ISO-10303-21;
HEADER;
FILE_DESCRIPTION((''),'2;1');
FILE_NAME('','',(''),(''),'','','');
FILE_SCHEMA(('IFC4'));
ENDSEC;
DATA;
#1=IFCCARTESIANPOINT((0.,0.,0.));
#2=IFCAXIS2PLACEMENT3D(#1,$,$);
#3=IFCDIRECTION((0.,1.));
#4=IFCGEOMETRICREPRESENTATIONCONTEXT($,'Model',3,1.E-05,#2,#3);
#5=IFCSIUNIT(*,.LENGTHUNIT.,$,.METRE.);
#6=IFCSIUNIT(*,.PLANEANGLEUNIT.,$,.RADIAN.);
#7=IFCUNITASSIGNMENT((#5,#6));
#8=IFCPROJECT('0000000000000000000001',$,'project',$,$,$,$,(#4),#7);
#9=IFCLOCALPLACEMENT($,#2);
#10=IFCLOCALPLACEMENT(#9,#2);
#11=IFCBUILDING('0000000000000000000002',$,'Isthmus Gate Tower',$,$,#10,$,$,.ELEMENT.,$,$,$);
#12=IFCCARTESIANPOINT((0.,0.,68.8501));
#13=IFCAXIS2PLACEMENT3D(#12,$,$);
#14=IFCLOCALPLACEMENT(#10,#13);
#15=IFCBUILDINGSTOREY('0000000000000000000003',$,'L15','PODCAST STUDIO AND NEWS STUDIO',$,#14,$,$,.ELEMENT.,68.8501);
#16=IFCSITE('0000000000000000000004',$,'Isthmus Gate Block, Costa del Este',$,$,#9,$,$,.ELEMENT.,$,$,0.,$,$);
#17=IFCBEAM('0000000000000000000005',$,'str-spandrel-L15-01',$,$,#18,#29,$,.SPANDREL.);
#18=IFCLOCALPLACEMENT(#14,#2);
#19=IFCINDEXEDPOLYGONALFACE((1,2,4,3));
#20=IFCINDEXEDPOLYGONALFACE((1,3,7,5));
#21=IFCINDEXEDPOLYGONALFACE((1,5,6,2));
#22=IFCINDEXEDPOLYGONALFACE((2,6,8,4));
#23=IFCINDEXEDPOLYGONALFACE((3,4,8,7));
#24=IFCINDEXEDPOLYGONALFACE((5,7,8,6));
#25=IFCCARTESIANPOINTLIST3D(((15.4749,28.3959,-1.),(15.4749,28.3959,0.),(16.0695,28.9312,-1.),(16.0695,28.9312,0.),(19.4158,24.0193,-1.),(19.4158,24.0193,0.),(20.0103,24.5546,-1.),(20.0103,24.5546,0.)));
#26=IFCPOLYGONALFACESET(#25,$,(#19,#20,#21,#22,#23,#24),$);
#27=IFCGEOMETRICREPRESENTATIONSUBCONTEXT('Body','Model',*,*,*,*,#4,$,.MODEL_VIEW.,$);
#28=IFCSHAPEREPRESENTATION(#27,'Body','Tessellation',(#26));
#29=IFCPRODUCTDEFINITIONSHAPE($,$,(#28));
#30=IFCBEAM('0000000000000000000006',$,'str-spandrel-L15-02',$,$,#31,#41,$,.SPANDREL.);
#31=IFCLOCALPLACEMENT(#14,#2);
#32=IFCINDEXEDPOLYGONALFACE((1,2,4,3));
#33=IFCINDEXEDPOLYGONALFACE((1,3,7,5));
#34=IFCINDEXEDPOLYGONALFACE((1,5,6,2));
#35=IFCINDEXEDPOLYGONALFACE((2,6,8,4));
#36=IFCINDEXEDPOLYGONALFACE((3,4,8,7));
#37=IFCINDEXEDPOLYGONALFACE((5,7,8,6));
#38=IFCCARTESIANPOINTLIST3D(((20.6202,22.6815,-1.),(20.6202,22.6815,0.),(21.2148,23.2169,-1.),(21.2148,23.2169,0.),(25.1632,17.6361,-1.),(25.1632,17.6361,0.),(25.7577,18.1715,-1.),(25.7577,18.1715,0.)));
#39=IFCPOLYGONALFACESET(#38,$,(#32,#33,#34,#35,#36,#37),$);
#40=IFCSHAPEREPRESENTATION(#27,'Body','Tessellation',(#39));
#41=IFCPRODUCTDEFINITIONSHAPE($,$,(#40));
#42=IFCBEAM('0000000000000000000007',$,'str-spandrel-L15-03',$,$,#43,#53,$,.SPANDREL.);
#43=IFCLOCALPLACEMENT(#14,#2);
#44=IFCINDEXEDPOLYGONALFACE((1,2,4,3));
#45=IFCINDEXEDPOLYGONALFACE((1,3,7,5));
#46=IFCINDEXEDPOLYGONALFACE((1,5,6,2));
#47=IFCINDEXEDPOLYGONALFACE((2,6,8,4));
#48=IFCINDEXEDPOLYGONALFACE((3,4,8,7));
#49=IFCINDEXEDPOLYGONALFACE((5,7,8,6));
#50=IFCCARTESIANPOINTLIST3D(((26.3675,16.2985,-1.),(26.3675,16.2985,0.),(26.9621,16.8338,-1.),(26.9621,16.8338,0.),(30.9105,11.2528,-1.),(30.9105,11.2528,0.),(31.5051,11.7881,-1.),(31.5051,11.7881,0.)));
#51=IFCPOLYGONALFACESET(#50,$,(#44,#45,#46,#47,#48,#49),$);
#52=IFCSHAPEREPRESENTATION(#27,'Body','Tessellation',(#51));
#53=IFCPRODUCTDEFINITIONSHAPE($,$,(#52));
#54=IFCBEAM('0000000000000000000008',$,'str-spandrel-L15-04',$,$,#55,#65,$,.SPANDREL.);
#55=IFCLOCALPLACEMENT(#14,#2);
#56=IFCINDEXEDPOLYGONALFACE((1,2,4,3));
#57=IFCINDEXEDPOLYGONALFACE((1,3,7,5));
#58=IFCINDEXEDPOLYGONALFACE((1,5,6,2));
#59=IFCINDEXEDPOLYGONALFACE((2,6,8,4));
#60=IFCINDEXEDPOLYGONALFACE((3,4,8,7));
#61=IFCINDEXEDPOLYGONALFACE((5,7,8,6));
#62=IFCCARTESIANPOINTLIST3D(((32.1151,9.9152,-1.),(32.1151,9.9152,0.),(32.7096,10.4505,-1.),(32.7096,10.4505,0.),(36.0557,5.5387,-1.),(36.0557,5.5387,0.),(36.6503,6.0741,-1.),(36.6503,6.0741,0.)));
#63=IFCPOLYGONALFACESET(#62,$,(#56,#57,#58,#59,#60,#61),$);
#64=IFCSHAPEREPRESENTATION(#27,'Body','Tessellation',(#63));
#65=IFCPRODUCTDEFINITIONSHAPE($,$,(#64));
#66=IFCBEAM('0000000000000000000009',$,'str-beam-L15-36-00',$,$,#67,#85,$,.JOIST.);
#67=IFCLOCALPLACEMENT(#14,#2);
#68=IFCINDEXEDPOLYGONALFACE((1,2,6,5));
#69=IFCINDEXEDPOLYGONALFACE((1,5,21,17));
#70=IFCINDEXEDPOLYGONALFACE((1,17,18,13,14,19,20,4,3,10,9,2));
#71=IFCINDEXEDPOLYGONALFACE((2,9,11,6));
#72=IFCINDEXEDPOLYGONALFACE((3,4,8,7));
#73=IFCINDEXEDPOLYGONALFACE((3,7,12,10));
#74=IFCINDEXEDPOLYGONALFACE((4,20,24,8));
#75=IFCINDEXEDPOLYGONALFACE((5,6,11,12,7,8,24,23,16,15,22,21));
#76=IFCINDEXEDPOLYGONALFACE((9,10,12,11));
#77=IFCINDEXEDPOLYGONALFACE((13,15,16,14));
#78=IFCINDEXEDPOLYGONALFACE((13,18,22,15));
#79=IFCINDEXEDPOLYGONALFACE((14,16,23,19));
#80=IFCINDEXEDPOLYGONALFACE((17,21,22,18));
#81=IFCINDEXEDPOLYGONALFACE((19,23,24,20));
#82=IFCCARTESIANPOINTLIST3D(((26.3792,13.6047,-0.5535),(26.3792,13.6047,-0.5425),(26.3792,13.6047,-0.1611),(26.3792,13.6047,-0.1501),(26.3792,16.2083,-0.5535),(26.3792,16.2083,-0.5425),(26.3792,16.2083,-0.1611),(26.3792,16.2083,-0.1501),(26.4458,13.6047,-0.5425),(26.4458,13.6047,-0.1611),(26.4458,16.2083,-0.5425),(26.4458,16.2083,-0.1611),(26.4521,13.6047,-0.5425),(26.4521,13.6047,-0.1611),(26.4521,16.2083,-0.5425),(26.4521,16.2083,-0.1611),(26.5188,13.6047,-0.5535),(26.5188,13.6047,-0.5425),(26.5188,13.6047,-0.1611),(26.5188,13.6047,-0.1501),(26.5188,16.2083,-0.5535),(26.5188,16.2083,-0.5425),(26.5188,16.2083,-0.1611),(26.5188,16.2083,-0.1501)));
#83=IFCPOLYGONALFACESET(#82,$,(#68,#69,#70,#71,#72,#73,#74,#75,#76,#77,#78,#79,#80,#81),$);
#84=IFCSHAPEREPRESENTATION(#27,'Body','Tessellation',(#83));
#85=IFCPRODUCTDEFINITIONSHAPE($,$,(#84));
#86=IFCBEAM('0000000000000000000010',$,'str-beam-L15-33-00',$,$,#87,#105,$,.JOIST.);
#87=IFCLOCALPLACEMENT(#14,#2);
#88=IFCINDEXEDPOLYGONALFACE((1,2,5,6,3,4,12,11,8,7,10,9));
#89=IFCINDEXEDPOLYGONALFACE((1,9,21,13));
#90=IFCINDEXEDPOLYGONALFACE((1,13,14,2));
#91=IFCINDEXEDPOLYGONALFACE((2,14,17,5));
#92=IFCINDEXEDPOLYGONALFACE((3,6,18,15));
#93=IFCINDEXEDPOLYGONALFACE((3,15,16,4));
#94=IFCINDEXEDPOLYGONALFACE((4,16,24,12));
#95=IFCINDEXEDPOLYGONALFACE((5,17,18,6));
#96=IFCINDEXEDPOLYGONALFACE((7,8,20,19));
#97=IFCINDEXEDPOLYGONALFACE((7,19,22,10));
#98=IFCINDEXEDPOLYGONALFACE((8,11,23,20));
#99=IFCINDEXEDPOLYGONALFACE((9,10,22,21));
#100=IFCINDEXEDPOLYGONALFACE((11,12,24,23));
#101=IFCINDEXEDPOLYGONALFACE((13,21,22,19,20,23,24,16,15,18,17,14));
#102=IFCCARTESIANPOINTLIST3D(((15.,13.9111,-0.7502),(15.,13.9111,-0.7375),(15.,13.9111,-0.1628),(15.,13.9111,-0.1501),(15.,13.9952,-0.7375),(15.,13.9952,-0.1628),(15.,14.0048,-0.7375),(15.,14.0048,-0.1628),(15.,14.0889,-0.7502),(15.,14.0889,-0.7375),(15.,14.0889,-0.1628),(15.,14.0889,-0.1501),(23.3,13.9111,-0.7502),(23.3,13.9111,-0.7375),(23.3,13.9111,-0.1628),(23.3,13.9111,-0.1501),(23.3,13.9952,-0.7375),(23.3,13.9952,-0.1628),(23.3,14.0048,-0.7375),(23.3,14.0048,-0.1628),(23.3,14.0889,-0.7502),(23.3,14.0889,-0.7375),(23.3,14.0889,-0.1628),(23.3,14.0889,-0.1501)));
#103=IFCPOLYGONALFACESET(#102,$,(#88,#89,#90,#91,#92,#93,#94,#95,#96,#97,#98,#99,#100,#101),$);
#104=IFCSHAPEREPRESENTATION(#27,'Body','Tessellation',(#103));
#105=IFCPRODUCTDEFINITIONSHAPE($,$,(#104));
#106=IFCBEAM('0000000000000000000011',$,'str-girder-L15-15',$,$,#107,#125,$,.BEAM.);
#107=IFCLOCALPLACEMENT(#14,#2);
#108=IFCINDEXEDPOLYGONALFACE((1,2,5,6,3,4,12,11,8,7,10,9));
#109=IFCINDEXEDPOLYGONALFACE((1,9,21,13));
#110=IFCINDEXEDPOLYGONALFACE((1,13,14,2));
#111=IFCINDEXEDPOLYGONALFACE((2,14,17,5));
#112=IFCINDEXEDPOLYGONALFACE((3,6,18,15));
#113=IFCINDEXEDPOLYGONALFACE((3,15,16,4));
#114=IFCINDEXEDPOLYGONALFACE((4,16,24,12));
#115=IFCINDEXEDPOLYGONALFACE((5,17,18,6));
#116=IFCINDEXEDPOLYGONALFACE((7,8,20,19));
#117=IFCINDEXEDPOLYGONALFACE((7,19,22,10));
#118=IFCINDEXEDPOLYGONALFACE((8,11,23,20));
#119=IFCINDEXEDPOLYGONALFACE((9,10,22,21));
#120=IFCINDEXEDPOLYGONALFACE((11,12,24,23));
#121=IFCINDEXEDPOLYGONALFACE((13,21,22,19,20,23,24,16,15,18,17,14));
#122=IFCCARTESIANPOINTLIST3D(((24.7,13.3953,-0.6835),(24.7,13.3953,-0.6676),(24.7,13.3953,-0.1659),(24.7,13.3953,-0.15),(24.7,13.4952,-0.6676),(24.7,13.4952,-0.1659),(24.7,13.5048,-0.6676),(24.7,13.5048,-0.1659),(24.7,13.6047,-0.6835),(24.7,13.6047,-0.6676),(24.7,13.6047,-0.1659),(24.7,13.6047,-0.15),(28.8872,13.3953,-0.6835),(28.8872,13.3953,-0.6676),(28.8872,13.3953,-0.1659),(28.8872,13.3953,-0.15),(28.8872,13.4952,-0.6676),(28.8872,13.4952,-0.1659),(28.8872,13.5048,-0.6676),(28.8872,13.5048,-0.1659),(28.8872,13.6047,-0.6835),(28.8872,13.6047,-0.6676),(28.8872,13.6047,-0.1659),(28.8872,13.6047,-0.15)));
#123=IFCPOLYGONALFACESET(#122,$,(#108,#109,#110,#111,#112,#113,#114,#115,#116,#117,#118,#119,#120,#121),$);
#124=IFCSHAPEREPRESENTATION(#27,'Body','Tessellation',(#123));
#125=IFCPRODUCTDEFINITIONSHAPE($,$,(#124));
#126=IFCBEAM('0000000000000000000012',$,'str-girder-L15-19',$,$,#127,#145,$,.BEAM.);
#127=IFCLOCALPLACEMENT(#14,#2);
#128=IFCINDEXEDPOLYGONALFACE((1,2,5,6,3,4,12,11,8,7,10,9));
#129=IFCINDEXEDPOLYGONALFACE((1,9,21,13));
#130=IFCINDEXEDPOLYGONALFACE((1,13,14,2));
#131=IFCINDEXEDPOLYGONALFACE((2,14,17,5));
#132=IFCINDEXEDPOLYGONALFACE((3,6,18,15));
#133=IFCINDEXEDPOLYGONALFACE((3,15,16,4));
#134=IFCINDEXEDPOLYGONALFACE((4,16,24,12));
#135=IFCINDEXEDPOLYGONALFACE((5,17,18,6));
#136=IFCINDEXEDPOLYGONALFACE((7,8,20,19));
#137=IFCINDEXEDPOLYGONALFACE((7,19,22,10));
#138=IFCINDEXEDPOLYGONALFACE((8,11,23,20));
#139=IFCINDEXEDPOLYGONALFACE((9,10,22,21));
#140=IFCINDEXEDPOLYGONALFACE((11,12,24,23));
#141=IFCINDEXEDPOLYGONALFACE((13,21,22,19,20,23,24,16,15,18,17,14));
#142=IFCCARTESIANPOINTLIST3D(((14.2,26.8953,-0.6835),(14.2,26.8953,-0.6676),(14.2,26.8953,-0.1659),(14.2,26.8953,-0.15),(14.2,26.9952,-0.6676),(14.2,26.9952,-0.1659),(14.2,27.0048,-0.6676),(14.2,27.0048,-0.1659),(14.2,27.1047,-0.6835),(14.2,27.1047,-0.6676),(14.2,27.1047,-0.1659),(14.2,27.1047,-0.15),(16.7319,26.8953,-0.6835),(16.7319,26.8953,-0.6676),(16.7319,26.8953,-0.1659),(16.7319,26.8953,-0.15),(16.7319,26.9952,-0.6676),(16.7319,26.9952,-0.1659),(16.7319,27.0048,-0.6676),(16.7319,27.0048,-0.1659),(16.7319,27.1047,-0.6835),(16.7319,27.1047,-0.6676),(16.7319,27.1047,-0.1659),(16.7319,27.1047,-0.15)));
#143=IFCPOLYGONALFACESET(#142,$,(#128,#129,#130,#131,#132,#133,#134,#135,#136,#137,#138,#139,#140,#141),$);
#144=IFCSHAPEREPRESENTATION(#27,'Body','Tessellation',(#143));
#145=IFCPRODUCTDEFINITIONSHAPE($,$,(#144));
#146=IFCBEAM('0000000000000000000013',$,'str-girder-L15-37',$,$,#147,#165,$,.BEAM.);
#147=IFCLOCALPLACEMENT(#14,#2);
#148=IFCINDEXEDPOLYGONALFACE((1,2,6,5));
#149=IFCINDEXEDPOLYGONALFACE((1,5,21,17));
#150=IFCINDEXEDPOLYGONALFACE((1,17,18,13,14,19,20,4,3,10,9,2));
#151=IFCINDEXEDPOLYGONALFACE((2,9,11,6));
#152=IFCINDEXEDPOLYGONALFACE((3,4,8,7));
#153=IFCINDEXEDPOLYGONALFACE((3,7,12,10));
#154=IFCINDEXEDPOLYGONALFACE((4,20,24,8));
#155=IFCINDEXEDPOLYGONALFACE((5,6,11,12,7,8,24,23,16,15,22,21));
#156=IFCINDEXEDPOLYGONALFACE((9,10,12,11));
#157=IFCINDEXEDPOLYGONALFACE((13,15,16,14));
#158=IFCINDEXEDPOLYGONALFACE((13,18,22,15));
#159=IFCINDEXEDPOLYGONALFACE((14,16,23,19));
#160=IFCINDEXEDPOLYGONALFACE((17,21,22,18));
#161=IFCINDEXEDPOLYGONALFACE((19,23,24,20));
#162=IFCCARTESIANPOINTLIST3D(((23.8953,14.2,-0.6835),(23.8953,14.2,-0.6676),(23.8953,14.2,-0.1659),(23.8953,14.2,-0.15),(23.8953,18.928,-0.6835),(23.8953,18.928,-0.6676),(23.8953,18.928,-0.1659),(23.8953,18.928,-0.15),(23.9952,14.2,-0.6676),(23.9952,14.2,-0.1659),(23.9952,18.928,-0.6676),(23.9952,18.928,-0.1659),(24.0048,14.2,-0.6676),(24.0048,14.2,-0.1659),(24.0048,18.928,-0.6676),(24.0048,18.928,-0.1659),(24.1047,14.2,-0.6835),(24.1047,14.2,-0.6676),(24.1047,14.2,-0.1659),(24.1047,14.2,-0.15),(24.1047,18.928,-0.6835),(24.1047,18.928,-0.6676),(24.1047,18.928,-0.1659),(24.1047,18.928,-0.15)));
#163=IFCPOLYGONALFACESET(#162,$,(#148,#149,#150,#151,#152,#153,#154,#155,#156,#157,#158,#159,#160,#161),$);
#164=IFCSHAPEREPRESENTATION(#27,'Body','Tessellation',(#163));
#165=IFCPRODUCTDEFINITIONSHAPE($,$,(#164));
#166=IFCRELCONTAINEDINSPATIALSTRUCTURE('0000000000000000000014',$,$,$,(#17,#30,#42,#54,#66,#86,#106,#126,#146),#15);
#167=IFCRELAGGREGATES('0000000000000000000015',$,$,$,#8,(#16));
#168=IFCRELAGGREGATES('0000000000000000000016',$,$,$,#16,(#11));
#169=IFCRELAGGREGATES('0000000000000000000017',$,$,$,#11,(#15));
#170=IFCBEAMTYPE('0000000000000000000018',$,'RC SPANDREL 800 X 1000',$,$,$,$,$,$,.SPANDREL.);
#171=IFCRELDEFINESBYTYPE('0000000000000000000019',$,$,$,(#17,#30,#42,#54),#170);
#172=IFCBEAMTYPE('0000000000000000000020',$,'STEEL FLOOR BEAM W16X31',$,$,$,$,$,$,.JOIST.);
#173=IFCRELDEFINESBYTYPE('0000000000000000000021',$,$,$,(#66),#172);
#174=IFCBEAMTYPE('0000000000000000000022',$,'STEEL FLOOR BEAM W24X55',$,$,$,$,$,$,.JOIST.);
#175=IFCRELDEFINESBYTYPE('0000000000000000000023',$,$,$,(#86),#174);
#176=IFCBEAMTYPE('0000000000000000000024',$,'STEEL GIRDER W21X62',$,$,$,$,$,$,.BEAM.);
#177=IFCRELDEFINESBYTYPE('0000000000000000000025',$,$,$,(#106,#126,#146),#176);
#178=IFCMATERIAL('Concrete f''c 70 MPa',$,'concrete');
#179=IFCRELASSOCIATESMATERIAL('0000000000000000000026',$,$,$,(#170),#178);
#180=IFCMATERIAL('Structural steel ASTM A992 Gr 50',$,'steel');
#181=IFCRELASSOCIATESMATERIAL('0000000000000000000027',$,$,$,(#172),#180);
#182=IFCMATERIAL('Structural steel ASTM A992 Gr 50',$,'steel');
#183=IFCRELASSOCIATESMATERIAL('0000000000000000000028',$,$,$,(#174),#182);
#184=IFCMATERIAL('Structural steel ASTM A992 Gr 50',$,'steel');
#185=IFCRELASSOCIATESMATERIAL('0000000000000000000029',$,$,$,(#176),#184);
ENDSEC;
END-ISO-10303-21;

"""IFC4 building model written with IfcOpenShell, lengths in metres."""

from ifc_helpers import new_model, si_unit, direction, frame, origin, origin_2d, place, context, subcontext, project, spatial, rectangle, i_section, extrude, material, material_profile, profile_set, type_object, element, save


model = new_model("IFC4")

# Units and contexts
model_context = context("Model", 3, precision=1e-05, world=origin(), true_north=direction((0.0, 1.0)))
body_context = subcontext(model_context, "Body", "Model", "MODEL_VIEW")
ifc_project = project(units=[si_unit("LENGTHUNIT", "METRE"), si_unit("PLANEANGLEUNIT", "RADIAN")], contexts=[model_context])

# Site, building, storey
site_placement = place(None, origin())
site = spatial("IfcSite", under=ifc_project, at=site_placement, Name="Isthmus Gate Block, Costa del Este", CompositionType="ELEMENT", RefElevation=0.0)
building_placement = place(site_placement, origin())
building = spatial("IfcBuilding", under=site, at=building_placement, Name="Isthmus Gate Tower", CompositionType="ELEMENT")
storey_placement = place(building_placement, frame((0.0, 0.0, 68.8501)))
storey = spatial("IfcBuildingStorey", under=building, at=storey_placement, Name="L15", Description="PODCAST STUDIO AND NEWS STUDIO", CompositionType="ELEMENT", Elevation=68.8501)

# Beams
ifc_material_1 = material(Name="Concrete f'c 70 MPa", Category="concrete")
ifc_material_profile_1 = material_profile(ifc_material_1, rectangle(XDim=0.8, YDim=1.0, at=origin_2d()), Name="RC 800X1000")
ifc_profile_set_1 = profile_set([ifc_material_profile_1], Name="Concrete f'c 70 MPa")
beam_type_1 = type_object("IfcBeamType", Name="RC SPANDREL 800 X 1000", PredefinedType="SPANDREL", material=ifc_profile_set_1)
beam_1_placement = place(storey_placement, frame((15.7722, 28.6636, -0.5), z_axis=(0.669141, -0.743135, 0.0), x_axis=(0.743135, 0.669141, 0.0)))
element("IfcBeam", 1, at=beam_1_placement, inside=storey, type_object=beam_type_1, Name="str-spandrel-L15-01", PredefinedType="SPANDREL", context=body_context, shape_type="SweptSolid", body=[
    extrude(rectangle(XDim=0.8, YDim=1.0, at=origin_2d()), origin(), (0.0, 0.0, 1.0), 5.8894),
])
beam_2_placement = place(storey_placement, frame((20.9175, 22.9492, -0.5), z_axis=(0.669136, -0.74314, 0.0), x_axis=(0.74314, 0.669136, 0.0)))
element("IfcBeam", 2, at=beam_2_placement, inside=storey, type_object=beam_type_1, Name="str-spandrel-L15-02", PredefinedType="SPANDREL", context=body_context, shape_type="SweptSolid", body=[
    extrude(rectangle(XDim=0.8, YDim=1.0, at=origin_2d()), origin(), (0.0, 0.0, 1.0), 6.7893),
])
beam_3_placement = place(storey_placement, frame((26.6648, 16.5662, -0.5), z_axis=(0.669118, -0.743156, 0.0), x_axis=(0.743156, 0.669118, 0.0)))
element("IfcBeam", 3, at=beam_3_placement, inside=storey, type_object=beam_type_1, Name="str-spandrel-L15-03", PredefinedType="SPANDREL", context=body_context, shape_type="SweptSolid", body=[
    extrude(rectangle(XDim=0.8, YDim=1.0, at=origin_2d()), origin(), (0.0, 0.0, 1.0), 6.7896),
])
beam_4_placement = place(storey_placement, frame((32.4124, 10.1829, -0.5), z_axis=(0.669139, -0.743137, 0.0), x_axis=(0.743137, 0.669139, 0.0)))
element("IfcBeam", 4, at=beam_4_placement, inside=storey, type_object=beam_type_1, Name="str-spandrel-L15-04", PredefinedType="SPANDREL", context=body_context, shape_type="SweptSolid", body=[
    extrude(rectangle(XDim=0.8, YDim=1.0, at=origin_2d()), origin(), (0.0, 0.0, 1.0), 5.8892),
])
ifc_material_2 = material(Name="Structural steel ASTM A992 Gr 50", Category="steel")
ifc_material_profile_2 = material_profile(ifc_material_2, i_section(OverallWidth=0.1396, OverallDepth=0.4033, WebThickness=0.0063, FlangeThickness=0.011, at=origin_2d()), Name="W16X31")
ifc_profile_set_2 = profile_set([ifc_material_profile_2], Name="Structural steel ASTM A992 Gr 50")
beam_type_2 = type_object("IfcBeamType", Name="STEEL FLOOR BEAM W16X31", PredefinedType="JOIST", material=ifc_profile_set_2)
beam_5_placement = place(storey_placement, frame((26.449, 13.6047, -0.3518), z_axis=(0.0, 1.0, 0.0), x_axis=(-1.0, 0.0, 0.0)))
element("IfcBeam", 5, at=beam_5_placement, inside=storey, type_object=beam_type_2, Name="str-beam-L15-36-00", PredefinedType="JOIST", context=body_context, shape_type="SweptSolid", body=[
    extrude(i_section(OverallWidth=0.1396, OverallDepth=0.4033, WebThickness=0.0063, FlangeThickness=0.011, at=origin_2d()), origin(), (0.0, 0.0, 1.0), 2.6035),
])
ifc_material_3 = material(Name="Structural steel ASTM A992 Gr 50", Category="steel")
ifc_material_profile_3 = material_profile(ifc_material_3, i_section(OverallWidth=0.1777, OverallDepth=0.6001, WebThickness=0.0095, FlangeThickness=0.0127, at=origin_2d()), Name="W24X55")
ifc_profile_set_3 = profile_set([ifc_material_profile_3], Name="Structural steel ASTM A992 Gr 50")
beam_type_3 = type_object("IfcBeamType", Name="STEEL FLOOR BEAM W24X55", PredefinedType="JOIST", material=ifc_profile_set_3)
beam_6_placement = place(storey_placement, frame((15.0, 14.0, -0.4502), z_axis=(1.0, 0.0, 0.0), x_axis=(0.0, 1.0, 0.0)))
element("IfcBeam", 6, at=beam_6_placement, inside=storey, type_object=beam_type_3, Name="str-beam-L15-33-00", PredefinedType="JOIST", context=body_context, shape_type="SweptSolid", body=[
    extrude(i_section(OverallWidth=0.1777, OverallDepth=0.6001, WebThickness=0.0095, FlangeThickness=0.0127, at=origin_2d()), origin(), (0.0, 0.0, 1.0), 8.3),
])
ifc_material_4 = material(Name="Structural steel ASTM A992 Gr 50", Category="steel")
ifc_material_profile_4 = material_profile(ifc_material_4, i_section(OverallWidth=0.2095, OverallDepth=0.5334, WebThickness=0.0095, FlangeThickness=0.0159, at=origin_2d()), Name="W21X62")
ifc_profile_set_4 = profile_set([ifc_material_profile_4], Name="Structural steel ASTM A992 Gr 50")
beam_type_4 = type_object("IfcBeamType", Name="STEEL GIRDER W21X62", PredefinedType="BEAM", material=ifc_profile_set_4)
beam_7_placement = place(storey_placement, frame((24.7, 13.5, -0.4167), z_axis=(1.0, 0.0, 0.0), x_axis=(0.0, 1.0, 0.0)))
element("IfcBeam", 7, at=beam_7_placement, inside=storey, type_object=beam_type_4, Name="str-girder-L15-15", PredefinedType="BEAM", context=body_context, shape_type="SweptSolid", body=[
    extrude(i_section(OverallWidth=0.2095, OverallDepth=0.5334, WebThickness=0.0095, FlangeThickness=0.0159, at=origin_2d()), origin(), (0.0, 0.0, 1.0), 4.1873),
])
beam_8_placement = place(storey_placement, frame((14.2, 27.0, -0.4167), z_axis=(1.0, 0.0, 0.0), x_axis=(0.0, 1.0, 0.0)))
element("IfcBeam", 8, at=beam_8_placement, inside=storey, type_object=beam_type_4, Name="str-girder-L15-19", PredefinedType="BEAM", context=body_context, shape_type="SweptSolid", body=[
    extrude(i_section(OverallWidth=0.2095, OverallDepth=0.5334, WebThickness=0.0095, FlangeThickness=0.0159, at=origin_2d()), origin(), (0.0, 0.0, 1.0), 2.532),
])
beam_9_placement = place(storey_placement, frame((24.0, 14.2, -0.4167), z_axis=(0.0, 1.0, 0.0), x_axis=(-1.0, 0.0, 0.0)))
element("IfcBeam", 9, at=beam_9_placement, inside=storey, type_object=beam_type_4, Name="str-girder-L15-37", PredefinedType="BEAM", context=body_context, shape_type="SweptSolid", body=[
    extrude(i_section(OverallWidth=0.2095, OverallDepth=0.5334, WebThickness=0.0095, FlangeThickness=0.0159, at=origin_2d()), origin(), (0.0, 0.0, 1.0), 4.728),
])

save(model, "model.ifc")
